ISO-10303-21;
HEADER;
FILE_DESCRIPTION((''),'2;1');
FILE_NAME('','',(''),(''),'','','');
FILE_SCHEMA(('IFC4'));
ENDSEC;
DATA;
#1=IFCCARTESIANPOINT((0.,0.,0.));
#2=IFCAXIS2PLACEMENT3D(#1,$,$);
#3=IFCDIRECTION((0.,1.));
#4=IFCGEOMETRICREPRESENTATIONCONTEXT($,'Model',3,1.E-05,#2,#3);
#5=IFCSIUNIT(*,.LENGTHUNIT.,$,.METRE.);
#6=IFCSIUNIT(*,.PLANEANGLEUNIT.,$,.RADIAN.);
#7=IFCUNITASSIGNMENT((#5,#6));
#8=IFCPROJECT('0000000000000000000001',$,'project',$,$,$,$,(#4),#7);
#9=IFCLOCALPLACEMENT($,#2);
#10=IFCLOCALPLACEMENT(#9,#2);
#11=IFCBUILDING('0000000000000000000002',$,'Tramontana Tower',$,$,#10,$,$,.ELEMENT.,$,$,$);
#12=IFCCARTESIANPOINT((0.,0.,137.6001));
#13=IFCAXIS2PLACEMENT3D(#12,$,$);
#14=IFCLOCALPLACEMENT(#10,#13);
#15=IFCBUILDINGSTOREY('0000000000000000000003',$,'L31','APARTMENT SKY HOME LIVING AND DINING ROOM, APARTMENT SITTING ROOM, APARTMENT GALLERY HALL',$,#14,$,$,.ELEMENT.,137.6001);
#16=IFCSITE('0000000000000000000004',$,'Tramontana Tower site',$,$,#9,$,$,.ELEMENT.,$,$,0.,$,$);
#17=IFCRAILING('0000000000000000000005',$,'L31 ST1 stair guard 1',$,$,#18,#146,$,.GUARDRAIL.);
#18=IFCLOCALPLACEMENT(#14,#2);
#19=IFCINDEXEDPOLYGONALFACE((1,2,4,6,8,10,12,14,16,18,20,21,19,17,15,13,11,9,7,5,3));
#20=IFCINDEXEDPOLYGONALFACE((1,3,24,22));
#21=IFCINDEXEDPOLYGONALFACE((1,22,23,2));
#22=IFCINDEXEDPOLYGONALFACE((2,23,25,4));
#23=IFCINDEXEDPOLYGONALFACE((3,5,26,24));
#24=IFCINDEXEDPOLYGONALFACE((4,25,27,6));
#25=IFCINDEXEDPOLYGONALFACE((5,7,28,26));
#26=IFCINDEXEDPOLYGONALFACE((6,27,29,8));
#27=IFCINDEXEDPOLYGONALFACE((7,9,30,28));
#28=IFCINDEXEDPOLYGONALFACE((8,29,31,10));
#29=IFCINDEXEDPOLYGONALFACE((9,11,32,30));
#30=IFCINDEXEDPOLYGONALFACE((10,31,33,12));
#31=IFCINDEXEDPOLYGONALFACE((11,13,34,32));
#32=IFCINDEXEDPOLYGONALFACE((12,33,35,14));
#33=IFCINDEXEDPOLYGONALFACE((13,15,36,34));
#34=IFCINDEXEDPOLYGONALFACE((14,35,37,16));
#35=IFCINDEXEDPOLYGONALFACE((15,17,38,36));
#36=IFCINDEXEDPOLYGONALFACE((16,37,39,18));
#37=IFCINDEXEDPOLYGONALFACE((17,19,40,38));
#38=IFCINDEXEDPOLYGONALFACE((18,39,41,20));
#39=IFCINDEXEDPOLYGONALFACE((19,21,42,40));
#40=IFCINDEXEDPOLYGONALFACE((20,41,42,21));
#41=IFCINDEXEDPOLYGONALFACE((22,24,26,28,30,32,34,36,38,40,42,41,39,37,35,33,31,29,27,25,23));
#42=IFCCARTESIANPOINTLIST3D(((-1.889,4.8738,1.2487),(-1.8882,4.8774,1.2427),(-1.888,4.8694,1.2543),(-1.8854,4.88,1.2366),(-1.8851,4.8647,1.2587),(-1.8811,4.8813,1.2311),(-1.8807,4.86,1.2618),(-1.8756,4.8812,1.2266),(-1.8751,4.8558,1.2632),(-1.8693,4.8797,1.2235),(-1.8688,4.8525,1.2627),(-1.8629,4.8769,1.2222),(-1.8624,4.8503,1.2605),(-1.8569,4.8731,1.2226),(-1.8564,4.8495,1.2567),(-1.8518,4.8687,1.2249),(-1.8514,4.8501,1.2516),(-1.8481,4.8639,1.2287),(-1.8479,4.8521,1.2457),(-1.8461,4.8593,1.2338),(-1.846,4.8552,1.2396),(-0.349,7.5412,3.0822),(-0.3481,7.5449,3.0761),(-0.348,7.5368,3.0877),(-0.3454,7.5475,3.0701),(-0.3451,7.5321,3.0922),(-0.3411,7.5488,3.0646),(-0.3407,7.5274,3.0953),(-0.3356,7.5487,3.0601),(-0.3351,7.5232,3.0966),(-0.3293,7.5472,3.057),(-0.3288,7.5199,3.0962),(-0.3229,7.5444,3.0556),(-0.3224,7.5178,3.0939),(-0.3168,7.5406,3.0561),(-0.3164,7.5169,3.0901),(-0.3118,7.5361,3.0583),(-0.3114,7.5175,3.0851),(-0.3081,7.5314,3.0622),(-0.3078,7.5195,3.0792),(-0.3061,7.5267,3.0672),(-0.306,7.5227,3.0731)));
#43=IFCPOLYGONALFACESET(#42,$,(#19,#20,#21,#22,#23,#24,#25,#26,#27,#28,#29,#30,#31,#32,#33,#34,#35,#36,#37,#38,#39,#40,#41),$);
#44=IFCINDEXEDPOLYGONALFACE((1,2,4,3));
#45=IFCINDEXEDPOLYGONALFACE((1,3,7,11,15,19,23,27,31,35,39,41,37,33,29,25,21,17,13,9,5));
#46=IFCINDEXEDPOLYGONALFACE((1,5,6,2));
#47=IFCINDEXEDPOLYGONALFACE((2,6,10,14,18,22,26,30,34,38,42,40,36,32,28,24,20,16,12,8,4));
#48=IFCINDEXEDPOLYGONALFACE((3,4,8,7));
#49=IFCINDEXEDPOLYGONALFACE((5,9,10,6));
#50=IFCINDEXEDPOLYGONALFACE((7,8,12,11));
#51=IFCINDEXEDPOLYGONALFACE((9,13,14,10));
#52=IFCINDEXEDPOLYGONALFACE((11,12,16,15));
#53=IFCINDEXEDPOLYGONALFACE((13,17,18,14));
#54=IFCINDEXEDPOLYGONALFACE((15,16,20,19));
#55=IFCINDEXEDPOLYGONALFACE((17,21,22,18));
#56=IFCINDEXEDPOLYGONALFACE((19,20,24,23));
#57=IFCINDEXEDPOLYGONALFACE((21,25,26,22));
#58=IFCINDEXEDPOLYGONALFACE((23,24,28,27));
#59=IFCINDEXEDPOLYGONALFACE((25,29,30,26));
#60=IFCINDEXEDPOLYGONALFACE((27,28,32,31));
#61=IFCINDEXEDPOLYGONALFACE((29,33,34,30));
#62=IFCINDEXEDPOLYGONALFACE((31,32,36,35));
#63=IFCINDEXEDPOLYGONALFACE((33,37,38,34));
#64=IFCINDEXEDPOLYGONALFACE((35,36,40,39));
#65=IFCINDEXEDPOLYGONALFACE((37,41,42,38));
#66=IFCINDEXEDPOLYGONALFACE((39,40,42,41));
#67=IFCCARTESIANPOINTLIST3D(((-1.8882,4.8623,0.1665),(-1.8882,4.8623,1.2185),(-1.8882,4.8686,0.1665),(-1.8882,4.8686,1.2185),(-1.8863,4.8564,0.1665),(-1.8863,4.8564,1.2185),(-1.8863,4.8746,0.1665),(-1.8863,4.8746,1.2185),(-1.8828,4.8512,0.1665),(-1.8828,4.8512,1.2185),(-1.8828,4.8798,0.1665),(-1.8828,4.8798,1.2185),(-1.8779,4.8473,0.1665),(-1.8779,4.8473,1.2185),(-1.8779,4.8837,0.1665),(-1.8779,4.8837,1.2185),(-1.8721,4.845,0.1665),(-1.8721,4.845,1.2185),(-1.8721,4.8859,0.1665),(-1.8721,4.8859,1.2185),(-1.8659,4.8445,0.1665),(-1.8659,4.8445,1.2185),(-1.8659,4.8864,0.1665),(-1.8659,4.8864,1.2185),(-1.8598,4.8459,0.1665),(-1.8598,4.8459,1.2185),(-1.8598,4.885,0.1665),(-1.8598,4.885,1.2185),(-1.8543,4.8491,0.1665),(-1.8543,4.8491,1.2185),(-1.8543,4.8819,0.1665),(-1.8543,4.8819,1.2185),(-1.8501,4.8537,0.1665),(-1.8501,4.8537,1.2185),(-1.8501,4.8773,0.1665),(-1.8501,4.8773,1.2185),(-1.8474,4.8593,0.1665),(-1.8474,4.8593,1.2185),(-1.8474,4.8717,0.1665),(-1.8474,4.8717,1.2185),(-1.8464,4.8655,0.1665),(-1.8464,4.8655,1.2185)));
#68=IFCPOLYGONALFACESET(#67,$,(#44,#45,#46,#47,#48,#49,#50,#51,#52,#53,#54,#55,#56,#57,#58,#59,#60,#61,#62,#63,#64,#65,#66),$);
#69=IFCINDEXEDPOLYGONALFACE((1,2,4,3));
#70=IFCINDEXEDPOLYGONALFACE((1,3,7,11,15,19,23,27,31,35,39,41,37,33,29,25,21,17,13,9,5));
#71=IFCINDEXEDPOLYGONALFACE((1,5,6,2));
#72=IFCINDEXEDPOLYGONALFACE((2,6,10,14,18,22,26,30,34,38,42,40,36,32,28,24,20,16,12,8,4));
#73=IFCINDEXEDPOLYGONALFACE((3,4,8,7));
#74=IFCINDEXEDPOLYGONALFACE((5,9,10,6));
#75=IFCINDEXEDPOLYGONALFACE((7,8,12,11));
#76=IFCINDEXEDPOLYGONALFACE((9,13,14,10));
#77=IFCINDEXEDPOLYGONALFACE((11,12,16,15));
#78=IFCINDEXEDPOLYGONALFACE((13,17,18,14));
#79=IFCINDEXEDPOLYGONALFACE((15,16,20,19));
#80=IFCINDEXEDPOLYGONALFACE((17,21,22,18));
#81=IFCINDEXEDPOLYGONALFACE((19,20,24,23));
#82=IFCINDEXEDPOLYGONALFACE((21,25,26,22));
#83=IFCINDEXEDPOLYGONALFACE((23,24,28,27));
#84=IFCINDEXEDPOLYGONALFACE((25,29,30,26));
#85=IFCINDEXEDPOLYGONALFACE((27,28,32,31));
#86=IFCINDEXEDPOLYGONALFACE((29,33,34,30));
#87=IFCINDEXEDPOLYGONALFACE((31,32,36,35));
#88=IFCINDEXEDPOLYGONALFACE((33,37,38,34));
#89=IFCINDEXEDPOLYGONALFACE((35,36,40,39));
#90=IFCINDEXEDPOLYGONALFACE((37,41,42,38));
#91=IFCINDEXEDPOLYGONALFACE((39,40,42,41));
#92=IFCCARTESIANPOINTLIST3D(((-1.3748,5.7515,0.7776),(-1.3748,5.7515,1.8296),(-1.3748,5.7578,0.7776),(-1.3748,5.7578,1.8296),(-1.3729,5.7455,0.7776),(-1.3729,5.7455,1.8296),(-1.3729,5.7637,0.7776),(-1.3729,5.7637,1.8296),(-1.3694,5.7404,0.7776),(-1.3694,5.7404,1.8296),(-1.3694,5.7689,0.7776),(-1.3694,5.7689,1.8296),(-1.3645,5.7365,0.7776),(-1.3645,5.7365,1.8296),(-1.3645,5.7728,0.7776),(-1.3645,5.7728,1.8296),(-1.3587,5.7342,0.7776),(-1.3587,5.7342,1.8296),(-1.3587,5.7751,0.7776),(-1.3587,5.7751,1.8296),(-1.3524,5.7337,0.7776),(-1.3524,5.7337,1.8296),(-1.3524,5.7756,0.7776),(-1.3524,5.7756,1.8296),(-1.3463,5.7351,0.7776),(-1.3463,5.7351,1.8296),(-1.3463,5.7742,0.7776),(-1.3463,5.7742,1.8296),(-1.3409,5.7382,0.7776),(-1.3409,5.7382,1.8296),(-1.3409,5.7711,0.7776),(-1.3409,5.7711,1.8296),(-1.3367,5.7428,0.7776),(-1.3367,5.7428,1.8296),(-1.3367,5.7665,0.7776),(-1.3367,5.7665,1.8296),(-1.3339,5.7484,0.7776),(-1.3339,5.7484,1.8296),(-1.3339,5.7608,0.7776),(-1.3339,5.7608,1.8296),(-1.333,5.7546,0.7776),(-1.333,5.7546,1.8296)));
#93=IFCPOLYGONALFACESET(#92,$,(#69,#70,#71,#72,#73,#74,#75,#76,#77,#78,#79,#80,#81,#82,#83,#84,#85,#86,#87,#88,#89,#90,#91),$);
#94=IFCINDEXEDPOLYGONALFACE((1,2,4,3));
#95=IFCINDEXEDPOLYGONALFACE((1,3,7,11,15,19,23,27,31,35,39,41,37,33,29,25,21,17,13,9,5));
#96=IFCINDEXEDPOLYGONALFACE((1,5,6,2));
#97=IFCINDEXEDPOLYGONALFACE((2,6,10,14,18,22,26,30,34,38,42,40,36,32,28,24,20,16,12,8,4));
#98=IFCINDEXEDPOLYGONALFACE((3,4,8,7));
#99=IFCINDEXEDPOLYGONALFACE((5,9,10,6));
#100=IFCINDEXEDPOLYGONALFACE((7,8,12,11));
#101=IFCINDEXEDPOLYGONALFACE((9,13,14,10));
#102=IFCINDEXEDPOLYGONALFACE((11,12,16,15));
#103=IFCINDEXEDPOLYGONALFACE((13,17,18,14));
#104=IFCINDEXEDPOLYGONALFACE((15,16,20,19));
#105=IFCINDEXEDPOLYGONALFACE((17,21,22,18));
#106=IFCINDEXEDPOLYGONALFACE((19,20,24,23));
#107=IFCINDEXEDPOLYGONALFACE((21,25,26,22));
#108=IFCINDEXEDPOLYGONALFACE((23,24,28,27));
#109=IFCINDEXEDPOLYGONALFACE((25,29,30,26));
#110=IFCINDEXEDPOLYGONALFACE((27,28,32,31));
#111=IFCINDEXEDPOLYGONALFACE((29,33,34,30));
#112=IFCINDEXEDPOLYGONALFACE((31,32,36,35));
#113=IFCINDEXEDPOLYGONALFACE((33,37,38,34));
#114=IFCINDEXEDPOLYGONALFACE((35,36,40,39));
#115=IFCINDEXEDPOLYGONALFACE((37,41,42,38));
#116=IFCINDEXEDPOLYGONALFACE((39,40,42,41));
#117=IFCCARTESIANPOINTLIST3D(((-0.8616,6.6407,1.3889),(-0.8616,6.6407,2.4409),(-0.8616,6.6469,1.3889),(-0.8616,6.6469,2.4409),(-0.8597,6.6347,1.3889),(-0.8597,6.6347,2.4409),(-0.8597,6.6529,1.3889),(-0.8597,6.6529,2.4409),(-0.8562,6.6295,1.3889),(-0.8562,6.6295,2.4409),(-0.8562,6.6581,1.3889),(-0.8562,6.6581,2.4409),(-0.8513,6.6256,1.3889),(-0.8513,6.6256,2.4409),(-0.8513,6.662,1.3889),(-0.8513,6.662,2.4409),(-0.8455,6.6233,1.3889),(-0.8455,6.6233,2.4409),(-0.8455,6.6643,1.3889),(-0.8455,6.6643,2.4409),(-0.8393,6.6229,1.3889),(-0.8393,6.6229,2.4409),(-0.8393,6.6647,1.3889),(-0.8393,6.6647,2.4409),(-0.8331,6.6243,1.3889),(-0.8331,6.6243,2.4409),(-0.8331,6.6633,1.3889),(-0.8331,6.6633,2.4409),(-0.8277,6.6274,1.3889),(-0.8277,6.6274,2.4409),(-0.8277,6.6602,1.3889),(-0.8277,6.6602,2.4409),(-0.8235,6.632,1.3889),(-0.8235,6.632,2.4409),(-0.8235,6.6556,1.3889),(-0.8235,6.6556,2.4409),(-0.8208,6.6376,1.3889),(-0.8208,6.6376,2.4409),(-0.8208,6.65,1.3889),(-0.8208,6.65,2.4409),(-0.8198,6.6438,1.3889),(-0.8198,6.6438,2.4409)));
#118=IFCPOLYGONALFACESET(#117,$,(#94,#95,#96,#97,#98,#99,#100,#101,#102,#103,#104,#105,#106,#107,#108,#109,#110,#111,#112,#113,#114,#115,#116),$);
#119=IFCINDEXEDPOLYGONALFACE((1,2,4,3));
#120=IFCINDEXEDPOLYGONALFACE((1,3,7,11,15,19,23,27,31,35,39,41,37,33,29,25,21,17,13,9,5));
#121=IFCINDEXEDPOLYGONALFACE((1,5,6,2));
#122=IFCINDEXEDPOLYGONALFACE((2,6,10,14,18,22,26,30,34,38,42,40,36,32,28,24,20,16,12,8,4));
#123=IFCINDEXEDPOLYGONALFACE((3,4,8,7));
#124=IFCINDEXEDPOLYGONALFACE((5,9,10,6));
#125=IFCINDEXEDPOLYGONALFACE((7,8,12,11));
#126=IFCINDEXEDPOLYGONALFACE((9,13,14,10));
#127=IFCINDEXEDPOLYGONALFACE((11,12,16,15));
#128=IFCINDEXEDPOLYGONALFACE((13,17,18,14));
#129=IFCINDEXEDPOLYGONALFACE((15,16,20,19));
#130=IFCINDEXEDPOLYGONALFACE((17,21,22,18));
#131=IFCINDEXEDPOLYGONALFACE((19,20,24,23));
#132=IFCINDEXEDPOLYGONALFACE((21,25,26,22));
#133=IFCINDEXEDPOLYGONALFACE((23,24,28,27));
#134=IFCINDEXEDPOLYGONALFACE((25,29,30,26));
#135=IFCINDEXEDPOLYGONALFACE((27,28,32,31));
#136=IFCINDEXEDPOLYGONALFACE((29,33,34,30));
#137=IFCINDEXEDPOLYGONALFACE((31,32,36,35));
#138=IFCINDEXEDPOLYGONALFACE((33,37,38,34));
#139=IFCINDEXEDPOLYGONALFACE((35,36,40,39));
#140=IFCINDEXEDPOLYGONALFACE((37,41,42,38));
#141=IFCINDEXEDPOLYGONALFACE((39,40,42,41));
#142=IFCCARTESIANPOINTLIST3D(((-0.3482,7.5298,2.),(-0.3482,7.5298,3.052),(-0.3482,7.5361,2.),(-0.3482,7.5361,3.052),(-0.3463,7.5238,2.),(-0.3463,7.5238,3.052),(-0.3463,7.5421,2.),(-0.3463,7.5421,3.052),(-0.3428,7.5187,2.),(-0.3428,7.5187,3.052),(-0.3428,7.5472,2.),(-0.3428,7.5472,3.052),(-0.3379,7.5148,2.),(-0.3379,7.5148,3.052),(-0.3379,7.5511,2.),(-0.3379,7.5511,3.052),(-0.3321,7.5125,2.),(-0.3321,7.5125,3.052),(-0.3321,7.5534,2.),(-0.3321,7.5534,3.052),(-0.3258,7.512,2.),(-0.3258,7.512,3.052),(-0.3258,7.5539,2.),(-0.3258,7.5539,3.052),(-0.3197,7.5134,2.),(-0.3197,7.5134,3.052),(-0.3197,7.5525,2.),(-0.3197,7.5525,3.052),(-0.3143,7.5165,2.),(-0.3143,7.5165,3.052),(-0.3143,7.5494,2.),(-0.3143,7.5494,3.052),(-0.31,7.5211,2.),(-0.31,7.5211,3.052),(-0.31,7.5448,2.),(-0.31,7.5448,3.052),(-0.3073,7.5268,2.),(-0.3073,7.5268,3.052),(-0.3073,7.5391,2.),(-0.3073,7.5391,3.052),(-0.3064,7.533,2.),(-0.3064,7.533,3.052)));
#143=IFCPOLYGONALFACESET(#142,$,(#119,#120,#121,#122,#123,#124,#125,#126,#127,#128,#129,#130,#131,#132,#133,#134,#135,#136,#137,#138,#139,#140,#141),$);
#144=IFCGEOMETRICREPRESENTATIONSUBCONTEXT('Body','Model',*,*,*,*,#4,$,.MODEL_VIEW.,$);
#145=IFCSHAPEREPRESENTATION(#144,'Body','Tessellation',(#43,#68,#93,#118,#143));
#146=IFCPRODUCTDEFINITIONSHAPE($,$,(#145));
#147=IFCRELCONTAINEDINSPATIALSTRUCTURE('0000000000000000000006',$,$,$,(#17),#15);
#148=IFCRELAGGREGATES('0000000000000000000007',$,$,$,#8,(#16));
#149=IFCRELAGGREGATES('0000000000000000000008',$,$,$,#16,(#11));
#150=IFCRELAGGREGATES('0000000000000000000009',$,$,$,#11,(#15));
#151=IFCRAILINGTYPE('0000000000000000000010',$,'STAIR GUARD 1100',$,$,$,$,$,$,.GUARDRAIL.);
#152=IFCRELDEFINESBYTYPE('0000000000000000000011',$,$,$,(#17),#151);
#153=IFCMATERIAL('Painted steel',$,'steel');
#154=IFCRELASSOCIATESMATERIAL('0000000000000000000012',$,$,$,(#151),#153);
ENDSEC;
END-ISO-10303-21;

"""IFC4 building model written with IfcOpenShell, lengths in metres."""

from ifc_helpers import new_model, si_unit, direction, frame, origin, origin_2d, place, context, subcontext, project, spatial, circle, extrude, material, type_object, element, save


model = new_model("IFC4")

# Units and contexts
model_context = context("Model", 3, precision=1e-05, world=origin(), true_north=direction((0.0, 1.0)))
body_context = subcontext(model_context, "Body", "Model", "MODEL_VIEW")
ifc_project = project(units=[si_unit("LENGTHUNIT", "METRE"), si_unit("PLANEANGLEUNIT", "RADIAN")], contexts=[model_context])

# Site, building, storey
site_placement = place(None, origin())
site = spatial("IfcSite", under=ifc_project, at=site_placement, Name="Tramontana Tower site", CompositionType="ELEMENT", RefElevation=0.0)
building_placement = place(site_placement, origin())
building = spatial("IfcBuilding", under=site, at=building_placement, Name="Tramontana Tower", CompositionType="ELEMENT")
storey_placement = place(building_placement, frame((0.0, 0.0, 137.6001)))
storey = spatial("IfcBuildingStorey", under=building, at=storey_placement, Name="L31", Description="APARTMENT SKY HOME LIVING AND DINING ROOM, APARTMENT SITTING ROOM, APARTMENT GALLERY HALL", CompositionType="ELEMENT", Elevation=137.6001)

# Railing
ifc_material_1 = material(Name="Painted steel", Category="steel")
railing_type_1 = type_object("IfcRailingType", Name="STAIR GUARD 1100", PredefinedType="GUARDRAIL", material=ifc_material_1)
railing_1_placement = place(storey_placement, frame((-1.8674, 4.8655, 0.1665)))
element("IfcRailing", 1, at=railing_1_placement, inside=storey, type_object=railing_type_1, Name="L31 ST1 stair guard 1", PredefinedType="GUARDRAIL", context=body_context, shape_type="SweptSolid", body=[
    extrude(circle(Radius=0.0239, at=origin_2d()), frame((0.0, 0.0, 1.0762), z_axis=(0.429634, 0.744164, 0.511502), x_axis=(-0.86603, 0.499992, 0.0)), (0.0, 0.0, 1.0), 3.5845),
    extrude(circle(Radius=0.021, at=origin_2d()), origin(), (0.0, 0.0, 1.0), 1.052),
    extrude(circle(Radius=0.021, at=origin_2d()), frame((0.5134, 0.8892, 0.6111)), (0.0, 0.0, 1.0), 1.052),
    extrude(circle(Radius=0.021, at=origin_2d()), frame((1.0266, 1.7783, 1.2224)), (0.0, 0.0, 1.0), 1.052),
    extrude(circle(Radius=0.021, at=origin_2d()), frame((1.54, 2.6675, 1.8335)), (0.0, 0.0, 1.0), 1.052),
])

save(model, "model.ifc")
